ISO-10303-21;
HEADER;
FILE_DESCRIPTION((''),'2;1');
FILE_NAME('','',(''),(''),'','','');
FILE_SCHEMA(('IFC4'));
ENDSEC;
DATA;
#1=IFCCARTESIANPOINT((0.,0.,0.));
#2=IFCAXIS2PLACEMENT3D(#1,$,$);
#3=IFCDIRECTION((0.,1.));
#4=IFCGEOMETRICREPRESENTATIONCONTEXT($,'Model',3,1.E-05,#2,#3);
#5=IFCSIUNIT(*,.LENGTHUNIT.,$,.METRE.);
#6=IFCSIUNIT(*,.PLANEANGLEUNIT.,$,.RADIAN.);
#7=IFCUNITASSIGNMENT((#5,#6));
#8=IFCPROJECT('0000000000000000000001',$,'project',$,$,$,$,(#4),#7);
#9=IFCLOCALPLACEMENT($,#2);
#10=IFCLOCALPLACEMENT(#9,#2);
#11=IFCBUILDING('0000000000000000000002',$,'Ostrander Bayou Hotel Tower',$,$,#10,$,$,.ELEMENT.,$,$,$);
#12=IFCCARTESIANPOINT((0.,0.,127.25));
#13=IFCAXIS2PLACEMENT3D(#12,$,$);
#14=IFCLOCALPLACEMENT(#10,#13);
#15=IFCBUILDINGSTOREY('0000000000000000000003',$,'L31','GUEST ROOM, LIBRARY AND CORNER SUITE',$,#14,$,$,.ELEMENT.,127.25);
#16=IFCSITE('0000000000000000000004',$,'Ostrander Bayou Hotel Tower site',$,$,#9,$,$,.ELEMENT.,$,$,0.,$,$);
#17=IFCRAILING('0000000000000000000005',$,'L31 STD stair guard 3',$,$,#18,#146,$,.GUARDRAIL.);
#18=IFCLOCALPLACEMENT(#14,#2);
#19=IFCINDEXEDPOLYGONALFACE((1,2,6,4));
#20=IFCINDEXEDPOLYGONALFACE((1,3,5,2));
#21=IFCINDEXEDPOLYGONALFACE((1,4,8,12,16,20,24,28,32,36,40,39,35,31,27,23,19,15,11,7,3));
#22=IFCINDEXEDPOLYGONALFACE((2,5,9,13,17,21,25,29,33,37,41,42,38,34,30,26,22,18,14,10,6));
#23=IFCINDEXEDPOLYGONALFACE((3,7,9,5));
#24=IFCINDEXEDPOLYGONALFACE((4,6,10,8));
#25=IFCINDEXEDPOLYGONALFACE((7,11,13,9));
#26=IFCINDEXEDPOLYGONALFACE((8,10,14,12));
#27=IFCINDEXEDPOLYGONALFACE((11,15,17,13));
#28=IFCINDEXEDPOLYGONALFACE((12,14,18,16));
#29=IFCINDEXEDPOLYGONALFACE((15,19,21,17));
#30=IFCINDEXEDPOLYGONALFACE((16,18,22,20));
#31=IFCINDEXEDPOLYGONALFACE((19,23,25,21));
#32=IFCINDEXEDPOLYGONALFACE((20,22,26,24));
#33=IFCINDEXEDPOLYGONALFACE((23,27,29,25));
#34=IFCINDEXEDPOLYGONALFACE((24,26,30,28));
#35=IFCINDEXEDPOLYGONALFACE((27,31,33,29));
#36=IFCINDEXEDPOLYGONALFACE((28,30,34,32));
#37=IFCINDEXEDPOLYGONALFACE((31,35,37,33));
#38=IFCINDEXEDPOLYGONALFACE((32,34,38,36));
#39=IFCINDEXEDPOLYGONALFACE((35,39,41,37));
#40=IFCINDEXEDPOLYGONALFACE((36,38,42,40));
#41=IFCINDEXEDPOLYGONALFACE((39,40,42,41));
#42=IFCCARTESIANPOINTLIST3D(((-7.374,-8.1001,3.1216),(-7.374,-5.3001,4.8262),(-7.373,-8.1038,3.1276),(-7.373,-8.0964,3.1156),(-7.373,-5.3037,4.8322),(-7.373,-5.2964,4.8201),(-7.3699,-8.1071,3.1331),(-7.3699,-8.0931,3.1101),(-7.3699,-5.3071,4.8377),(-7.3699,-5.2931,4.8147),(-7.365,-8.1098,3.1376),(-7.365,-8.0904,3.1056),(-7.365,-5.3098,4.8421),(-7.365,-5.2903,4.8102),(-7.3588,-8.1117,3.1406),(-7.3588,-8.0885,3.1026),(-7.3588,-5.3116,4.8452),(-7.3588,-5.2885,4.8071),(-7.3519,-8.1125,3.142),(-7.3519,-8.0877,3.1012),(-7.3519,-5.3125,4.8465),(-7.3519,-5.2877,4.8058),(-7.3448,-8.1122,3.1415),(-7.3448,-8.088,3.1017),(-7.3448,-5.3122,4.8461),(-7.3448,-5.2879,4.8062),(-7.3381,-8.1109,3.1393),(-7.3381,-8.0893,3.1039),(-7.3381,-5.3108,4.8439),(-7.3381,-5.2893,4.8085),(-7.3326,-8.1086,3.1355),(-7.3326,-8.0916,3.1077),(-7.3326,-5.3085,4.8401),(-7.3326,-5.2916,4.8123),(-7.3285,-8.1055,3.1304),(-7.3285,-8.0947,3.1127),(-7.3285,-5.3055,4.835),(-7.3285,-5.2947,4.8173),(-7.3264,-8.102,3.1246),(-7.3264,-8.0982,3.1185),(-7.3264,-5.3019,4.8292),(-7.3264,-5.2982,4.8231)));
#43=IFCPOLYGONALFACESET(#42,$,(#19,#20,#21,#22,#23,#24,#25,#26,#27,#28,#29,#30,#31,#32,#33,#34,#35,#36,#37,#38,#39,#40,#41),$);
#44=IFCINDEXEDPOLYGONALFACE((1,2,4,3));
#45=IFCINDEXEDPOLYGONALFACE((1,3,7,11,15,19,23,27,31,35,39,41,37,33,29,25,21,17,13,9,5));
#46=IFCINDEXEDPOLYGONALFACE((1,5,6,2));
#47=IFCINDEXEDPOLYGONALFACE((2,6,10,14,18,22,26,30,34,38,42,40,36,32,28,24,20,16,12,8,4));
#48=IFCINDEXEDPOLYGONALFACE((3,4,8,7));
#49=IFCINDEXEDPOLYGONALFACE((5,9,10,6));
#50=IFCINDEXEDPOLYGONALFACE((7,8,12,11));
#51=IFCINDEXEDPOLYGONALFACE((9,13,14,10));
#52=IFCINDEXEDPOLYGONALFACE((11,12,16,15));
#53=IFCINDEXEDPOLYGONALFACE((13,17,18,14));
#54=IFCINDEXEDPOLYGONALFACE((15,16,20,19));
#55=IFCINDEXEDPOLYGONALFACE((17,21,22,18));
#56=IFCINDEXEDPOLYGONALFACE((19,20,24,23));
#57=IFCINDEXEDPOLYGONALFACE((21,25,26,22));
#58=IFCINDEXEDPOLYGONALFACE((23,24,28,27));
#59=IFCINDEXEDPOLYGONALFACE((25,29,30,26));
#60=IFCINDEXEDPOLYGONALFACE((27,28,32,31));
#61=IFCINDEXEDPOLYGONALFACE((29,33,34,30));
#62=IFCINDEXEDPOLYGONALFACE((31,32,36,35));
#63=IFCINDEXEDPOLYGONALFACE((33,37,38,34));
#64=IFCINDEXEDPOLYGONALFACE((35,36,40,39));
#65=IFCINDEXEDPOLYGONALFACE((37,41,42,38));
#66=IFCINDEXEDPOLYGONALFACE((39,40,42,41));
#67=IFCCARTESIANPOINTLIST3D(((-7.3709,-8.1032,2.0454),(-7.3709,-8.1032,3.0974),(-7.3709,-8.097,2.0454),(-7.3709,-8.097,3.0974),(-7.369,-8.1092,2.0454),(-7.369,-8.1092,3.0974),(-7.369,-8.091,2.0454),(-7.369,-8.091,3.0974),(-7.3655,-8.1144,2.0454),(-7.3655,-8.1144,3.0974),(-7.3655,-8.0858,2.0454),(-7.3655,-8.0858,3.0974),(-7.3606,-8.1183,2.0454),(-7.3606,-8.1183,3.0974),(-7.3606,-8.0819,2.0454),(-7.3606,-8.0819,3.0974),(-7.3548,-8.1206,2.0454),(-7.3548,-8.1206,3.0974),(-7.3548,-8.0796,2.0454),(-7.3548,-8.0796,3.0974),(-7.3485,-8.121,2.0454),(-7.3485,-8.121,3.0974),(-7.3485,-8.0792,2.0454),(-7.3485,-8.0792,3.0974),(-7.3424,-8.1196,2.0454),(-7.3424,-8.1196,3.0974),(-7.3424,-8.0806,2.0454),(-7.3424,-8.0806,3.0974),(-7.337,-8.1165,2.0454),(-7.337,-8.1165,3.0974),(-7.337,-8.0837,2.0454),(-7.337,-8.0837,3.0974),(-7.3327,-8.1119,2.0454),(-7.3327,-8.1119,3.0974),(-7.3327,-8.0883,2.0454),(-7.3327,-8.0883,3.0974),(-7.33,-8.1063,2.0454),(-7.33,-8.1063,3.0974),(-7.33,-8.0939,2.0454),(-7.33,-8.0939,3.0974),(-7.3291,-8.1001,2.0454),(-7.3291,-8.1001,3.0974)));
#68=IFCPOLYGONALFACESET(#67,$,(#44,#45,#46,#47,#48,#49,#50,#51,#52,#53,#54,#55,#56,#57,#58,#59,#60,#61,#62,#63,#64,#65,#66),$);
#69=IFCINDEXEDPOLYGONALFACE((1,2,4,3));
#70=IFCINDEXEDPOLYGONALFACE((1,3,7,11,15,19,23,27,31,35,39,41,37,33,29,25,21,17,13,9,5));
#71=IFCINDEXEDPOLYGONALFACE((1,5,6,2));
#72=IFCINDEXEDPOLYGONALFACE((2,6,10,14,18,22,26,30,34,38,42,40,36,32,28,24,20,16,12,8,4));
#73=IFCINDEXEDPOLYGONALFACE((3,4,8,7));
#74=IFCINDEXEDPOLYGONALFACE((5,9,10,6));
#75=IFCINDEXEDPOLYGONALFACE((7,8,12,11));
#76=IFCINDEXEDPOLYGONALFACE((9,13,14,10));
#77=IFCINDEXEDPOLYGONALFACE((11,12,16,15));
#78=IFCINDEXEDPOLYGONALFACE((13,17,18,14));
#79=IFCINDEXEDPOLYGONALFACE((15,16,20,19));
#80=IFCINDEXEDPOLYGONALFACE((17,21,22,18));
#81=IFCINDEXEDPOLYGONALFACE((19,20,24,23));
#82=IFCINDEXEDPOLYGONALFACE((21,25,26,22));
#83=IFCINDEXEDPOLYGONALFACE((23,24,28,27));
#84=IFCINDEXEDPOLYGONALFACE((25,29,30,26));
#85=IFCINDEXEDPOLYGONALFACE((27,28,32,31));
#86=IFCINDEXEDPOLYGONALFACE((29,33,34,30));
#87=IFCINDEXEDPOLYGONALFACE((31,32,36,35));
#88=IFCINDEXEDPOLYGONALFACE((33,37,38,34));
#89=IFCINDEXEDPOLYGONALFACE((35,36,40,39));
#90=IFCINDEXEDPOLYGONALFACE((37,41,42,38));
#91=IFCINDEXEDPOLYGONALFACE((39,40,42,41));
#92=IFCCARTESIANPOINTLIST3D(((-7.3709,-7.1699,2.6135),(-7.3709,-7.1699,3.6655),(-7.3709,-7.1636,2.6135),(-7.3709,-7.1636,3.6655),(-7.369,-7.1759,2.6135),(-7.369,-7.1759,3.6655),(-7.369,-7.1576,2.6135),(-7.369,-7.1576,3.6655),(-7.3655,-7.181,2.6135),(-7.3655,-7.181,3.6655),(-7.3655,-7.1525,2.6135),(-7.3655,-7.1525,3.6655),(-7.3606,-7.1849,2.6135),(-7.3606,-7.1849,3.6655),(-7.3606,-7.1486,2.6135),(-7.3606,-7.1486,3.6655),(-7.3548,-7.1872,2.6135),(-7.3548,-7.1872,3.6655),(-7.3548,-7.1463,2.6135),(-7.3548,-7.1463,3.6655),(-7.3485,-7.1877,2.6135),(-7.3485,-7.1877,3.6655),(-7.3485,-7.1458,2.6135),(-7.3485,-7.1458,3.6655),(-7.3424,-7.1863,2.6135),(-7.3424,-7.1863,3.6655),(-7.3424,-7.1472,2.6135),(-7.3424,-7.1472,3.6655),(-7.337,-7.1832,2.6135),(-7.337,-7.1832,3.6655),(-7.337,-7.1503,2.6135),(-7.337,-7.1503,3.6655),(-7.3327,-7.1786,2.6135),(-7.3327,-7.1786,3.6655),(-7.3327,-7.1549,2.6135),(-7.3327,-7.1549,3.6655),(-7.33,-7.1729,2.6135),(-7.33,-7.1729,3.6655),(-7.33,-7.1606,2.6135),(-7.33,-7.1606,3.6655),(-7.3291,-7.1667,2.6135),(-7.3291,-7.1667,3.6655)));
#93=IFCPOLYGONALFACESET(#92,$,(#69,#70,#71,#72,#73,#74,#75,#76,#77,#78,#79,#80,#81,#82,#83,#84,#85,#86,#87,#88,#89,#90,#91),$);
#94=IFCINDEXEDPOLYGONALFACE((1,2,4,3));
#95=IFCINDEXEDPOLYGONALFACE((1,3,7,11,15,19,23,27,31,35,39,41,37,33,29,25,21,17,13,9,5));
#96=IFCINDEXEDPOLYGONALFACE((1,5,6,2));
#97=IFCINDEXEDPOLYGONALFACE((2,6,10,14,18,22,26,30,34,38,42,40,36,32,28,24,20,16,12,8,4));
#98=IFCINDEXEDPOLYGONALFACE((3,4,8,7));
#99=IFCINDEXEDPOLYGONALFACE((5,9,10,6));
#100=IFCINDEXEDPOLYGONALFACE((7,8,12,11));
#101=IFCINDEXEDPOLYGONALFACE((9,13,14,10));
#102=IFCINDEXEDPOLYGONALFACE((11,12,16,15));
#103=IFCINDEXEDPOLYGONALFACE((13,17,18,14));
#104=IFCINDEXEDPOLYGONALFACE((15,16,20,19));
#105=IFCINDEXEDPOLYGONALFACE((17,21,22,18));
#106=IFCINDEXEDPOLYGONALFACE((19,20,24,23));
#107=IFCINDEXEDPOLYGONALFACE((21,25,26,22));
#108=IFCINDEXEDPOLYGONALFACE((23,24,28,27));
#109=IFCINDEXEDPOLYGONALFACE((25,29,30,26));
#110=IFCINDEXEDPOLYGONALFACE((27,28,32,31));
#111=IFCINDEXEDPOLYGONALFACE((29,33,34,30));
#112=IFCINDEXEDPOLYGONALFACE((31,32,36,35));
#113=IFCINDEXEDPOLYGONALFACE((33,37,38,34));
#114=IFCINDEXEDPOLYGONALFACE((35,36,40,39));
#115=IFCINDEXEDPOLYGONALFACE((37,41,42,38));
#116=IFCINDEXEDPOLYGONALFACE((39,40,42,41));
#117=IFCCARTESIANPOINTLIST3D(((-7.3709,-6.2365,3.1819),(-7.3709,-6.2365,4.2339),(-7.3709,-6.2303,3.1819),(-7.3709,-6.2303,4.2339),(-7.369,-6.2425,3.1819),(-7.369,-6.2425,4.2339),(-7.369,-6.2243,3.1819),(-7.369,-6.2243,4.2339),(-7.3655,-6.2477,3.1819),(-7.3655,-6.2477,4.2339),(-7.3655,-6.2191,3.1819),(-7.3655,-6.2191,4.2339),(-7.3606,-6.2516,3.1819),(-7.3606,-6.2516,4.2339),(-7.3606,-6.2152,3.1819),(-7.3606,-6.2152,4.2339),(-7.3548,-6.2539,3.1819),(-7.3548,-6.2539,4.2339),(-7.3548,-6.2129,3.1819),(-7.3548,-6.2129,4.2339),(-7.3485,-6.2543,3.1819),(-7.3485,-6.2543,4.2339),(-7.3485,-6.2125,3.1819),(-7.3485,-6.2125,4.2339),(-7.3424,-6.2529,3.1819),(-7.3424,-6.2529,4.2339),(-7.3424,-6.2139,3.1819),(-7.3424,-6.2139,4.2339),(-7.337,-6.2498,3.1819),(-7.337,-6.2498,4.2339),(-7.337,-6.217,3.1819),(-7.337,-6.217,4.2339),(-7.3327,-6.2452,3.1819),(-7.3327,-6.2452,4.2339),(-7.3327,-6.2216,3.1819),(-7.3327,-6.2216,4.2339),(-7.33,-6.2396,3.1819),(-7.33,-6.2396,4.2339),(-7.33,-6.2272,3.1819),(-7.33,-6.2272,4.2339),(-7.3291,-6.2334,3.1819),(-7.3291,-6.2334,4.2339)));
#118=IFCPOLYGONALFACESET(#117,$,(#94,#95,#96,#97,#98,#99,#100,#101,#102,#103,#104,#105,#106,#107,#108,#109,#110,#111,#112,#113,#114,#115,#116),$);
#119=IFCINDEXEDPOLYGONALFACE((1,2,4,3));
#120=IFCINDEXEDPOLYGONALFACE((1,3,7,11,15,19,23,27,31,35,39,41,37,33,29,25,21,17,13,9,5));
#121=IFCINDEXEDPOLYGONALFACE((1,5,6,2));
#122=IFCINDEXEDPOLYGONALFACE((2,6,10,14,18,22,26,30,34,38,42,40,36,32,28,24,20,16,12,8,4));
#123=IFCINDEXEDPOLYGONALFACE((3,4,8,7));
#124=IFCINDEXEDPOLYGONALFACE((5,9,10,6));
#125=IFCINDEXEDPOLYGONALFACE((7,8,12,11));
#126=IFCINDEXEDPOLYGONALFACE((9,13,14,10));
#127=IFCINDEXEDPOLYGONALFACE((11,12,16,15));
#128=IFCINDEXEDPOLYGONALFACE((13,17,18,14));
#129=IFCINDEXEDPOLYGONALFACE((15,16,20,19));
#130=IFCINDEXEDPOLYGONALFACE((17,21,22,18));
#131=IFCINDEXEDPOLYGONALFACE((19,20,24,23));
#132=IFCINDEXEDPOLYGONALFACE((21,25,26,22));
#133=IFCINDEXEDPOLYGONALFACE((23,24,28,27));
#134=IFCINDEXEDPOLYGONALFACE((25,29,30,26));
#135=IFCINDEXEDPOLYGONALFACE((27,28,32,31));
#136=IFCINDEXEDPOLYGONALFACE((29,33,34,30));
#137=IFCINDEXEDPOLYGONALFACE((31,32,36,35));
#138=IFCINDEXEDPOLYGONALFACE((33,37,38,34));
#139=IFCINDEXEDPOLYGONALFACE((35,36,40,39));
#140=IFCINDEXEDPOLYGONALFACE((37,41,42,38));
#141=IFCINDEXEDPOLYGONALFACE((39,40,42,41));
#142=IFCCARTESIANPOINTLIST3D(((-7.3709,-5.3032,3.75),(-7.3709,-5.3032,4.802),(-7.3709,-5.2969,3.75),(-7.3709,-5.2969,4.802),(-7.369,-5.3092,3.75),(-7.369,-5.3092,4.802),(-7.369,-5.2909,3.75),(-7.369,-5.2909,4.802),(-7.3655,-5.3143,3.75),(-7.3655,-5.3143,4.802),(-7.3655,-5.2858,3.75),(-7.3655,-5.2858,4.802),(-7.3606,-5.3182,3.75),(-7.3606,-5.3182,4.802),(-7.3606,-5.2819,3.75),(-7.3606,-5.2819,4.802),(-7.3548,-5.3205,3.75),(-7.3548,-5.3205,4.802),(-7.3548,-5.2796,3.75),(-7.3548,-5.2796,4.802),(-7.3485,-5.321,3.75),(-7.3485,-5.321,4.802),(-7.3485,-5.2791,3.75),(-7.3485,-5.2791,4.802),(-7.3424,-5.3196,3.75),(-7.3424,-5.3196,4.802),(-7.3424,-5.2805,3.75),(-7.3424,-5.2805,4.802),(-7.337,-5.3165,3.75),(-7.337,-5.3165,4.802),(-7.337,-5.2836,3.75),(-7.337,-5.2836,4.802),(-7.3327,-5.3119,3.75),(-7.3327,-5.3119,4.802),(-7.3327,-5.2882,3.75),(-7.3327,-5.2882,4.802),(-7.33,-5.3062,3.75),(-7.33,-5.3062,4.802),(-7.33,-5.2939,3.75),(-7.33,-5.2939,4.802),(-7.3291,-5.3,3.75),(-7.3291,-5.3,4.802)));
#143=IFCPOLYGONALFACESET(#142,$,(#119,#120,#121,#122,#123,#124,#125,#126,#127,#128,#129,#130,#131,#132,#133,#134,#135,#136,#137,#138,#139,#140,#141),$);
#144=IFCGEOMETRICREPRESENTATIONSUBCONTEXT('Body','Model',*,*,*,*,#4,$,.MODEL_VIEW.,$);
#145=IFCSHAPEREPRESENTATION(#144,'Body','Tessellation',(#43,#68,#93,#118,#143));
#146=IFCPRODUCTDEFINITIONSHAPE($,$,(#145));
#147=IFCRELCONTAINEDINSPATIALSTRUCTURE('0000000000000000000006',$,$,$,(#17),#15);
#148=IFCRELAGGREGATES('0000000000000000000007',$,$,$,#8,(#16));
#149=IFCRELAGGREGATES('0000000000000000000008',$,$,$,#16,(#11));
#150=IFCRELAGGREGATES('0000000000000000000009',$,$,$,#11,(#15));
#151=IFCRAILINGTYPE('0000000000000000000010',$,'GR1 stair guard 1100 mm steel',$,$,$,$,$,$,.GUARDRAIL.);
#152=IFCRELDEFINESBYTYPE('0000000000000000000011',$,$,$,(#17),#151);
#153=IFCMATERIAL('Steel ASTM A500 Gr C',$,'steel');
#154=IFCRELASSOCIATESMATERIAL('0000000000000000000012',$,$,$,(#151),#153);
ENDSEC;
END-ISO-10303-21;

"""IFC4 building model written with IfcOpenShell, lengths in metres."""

from ifc_helpers import new_model, si_unit, direction, frame, origin, origin_2d, place, context, subcontext, project, spatial, circle, extrude, material, type_object, element, save


model = new_model("IFC4")

# Units and contexts
model_context = context("Model", 3, precision=1e-05, world=origin(), true_north=direction((0.0, 1.0)))
body_context = subcontext(model_context, "Body", "Model", "MODEL_VIEW")
ifc_project = project(units=[si_unit("LENGTHUNIT", "METRE"), si_unit("PLANEANGLEUNIT", "RADIAN")], contexts=[model_context])

# Site, building, storey
site_placement = place(None, origin())
site = spatial("IfcSite", under=ifc_project, at=site_placement, Name="Ostrander Bayou Hotel Tower site", CompositionType="ELEMENT", RefElevation=0.0)
building_placement = place(site_placement, origin())
building = spatial("IfcBuilding", under=site, at=building_placement, Name="Ostrander Bayou Hotel Tower", CompositionType="ELEMENT")
storey_placement = place(building_placement, frame((0.0, 0.0, 127.25)))
storey = spatial("IfcBuildingStorey", under=building, at=storey_placement, Name="L31", Description="GUEST ROOM, LIBRARY AND CORNER SUITE", CompositionType="ELEMENT", Elevation=127.25)

# Railing
ifc_material_1 = material(Name="Steel ASTM A500 Gr C", Category="steel")
railing_type_1 = type_object("IfcRailingType", Name="GR1 stair guard 1100 mm steel", PredefinedType="GUARDRAIL", material=ifc_material_1)
railing_1_placement = place(storey_placement, frame((-7.3501, -8.1001, 2.0454)))
element("IfcRailing", 1, at=railing_1_placement, inside=storey, type_object=railing_type_1, Name="L31 STD stair guard 3", PredefinedType="GUARDRAIL", context=body_context, shape_type="SweptSolid", body=[
    extrude(circle(Radius=0.0239, at=origin_2d()), frame((0.0, 0.0, 1.0762), z_axis=(0.0, 0.85417, 0.519994), x_axis=(-1.0, 0.0, 0.0)), (0.0, 0.0, 1.0), 3.2781),
    extrude(circle(Radius=0.021, at=origin_2d()), origin(), (0.0, 0.0, 1.0), 1.052),
    extrude(circle(Radius=0.021, at=origin_2d()), frame((0.0, 0.9333, 0.5681)), (0.0, 0.0, 1.0), 1.052),
    extrude(circle(Radius=0.021, at=origin_2d()), frame((0.0, 1.8667, 1.1365)), (0.0, 0.0, 1.0), 1.052),
    extrude(circle(Radius=0.021, at=origin_2d()), frame((0.0, 2.8, 1.7046)), (0.0, 0.0, 1.0), 1.052),
])

save(model, "model.ifc")
